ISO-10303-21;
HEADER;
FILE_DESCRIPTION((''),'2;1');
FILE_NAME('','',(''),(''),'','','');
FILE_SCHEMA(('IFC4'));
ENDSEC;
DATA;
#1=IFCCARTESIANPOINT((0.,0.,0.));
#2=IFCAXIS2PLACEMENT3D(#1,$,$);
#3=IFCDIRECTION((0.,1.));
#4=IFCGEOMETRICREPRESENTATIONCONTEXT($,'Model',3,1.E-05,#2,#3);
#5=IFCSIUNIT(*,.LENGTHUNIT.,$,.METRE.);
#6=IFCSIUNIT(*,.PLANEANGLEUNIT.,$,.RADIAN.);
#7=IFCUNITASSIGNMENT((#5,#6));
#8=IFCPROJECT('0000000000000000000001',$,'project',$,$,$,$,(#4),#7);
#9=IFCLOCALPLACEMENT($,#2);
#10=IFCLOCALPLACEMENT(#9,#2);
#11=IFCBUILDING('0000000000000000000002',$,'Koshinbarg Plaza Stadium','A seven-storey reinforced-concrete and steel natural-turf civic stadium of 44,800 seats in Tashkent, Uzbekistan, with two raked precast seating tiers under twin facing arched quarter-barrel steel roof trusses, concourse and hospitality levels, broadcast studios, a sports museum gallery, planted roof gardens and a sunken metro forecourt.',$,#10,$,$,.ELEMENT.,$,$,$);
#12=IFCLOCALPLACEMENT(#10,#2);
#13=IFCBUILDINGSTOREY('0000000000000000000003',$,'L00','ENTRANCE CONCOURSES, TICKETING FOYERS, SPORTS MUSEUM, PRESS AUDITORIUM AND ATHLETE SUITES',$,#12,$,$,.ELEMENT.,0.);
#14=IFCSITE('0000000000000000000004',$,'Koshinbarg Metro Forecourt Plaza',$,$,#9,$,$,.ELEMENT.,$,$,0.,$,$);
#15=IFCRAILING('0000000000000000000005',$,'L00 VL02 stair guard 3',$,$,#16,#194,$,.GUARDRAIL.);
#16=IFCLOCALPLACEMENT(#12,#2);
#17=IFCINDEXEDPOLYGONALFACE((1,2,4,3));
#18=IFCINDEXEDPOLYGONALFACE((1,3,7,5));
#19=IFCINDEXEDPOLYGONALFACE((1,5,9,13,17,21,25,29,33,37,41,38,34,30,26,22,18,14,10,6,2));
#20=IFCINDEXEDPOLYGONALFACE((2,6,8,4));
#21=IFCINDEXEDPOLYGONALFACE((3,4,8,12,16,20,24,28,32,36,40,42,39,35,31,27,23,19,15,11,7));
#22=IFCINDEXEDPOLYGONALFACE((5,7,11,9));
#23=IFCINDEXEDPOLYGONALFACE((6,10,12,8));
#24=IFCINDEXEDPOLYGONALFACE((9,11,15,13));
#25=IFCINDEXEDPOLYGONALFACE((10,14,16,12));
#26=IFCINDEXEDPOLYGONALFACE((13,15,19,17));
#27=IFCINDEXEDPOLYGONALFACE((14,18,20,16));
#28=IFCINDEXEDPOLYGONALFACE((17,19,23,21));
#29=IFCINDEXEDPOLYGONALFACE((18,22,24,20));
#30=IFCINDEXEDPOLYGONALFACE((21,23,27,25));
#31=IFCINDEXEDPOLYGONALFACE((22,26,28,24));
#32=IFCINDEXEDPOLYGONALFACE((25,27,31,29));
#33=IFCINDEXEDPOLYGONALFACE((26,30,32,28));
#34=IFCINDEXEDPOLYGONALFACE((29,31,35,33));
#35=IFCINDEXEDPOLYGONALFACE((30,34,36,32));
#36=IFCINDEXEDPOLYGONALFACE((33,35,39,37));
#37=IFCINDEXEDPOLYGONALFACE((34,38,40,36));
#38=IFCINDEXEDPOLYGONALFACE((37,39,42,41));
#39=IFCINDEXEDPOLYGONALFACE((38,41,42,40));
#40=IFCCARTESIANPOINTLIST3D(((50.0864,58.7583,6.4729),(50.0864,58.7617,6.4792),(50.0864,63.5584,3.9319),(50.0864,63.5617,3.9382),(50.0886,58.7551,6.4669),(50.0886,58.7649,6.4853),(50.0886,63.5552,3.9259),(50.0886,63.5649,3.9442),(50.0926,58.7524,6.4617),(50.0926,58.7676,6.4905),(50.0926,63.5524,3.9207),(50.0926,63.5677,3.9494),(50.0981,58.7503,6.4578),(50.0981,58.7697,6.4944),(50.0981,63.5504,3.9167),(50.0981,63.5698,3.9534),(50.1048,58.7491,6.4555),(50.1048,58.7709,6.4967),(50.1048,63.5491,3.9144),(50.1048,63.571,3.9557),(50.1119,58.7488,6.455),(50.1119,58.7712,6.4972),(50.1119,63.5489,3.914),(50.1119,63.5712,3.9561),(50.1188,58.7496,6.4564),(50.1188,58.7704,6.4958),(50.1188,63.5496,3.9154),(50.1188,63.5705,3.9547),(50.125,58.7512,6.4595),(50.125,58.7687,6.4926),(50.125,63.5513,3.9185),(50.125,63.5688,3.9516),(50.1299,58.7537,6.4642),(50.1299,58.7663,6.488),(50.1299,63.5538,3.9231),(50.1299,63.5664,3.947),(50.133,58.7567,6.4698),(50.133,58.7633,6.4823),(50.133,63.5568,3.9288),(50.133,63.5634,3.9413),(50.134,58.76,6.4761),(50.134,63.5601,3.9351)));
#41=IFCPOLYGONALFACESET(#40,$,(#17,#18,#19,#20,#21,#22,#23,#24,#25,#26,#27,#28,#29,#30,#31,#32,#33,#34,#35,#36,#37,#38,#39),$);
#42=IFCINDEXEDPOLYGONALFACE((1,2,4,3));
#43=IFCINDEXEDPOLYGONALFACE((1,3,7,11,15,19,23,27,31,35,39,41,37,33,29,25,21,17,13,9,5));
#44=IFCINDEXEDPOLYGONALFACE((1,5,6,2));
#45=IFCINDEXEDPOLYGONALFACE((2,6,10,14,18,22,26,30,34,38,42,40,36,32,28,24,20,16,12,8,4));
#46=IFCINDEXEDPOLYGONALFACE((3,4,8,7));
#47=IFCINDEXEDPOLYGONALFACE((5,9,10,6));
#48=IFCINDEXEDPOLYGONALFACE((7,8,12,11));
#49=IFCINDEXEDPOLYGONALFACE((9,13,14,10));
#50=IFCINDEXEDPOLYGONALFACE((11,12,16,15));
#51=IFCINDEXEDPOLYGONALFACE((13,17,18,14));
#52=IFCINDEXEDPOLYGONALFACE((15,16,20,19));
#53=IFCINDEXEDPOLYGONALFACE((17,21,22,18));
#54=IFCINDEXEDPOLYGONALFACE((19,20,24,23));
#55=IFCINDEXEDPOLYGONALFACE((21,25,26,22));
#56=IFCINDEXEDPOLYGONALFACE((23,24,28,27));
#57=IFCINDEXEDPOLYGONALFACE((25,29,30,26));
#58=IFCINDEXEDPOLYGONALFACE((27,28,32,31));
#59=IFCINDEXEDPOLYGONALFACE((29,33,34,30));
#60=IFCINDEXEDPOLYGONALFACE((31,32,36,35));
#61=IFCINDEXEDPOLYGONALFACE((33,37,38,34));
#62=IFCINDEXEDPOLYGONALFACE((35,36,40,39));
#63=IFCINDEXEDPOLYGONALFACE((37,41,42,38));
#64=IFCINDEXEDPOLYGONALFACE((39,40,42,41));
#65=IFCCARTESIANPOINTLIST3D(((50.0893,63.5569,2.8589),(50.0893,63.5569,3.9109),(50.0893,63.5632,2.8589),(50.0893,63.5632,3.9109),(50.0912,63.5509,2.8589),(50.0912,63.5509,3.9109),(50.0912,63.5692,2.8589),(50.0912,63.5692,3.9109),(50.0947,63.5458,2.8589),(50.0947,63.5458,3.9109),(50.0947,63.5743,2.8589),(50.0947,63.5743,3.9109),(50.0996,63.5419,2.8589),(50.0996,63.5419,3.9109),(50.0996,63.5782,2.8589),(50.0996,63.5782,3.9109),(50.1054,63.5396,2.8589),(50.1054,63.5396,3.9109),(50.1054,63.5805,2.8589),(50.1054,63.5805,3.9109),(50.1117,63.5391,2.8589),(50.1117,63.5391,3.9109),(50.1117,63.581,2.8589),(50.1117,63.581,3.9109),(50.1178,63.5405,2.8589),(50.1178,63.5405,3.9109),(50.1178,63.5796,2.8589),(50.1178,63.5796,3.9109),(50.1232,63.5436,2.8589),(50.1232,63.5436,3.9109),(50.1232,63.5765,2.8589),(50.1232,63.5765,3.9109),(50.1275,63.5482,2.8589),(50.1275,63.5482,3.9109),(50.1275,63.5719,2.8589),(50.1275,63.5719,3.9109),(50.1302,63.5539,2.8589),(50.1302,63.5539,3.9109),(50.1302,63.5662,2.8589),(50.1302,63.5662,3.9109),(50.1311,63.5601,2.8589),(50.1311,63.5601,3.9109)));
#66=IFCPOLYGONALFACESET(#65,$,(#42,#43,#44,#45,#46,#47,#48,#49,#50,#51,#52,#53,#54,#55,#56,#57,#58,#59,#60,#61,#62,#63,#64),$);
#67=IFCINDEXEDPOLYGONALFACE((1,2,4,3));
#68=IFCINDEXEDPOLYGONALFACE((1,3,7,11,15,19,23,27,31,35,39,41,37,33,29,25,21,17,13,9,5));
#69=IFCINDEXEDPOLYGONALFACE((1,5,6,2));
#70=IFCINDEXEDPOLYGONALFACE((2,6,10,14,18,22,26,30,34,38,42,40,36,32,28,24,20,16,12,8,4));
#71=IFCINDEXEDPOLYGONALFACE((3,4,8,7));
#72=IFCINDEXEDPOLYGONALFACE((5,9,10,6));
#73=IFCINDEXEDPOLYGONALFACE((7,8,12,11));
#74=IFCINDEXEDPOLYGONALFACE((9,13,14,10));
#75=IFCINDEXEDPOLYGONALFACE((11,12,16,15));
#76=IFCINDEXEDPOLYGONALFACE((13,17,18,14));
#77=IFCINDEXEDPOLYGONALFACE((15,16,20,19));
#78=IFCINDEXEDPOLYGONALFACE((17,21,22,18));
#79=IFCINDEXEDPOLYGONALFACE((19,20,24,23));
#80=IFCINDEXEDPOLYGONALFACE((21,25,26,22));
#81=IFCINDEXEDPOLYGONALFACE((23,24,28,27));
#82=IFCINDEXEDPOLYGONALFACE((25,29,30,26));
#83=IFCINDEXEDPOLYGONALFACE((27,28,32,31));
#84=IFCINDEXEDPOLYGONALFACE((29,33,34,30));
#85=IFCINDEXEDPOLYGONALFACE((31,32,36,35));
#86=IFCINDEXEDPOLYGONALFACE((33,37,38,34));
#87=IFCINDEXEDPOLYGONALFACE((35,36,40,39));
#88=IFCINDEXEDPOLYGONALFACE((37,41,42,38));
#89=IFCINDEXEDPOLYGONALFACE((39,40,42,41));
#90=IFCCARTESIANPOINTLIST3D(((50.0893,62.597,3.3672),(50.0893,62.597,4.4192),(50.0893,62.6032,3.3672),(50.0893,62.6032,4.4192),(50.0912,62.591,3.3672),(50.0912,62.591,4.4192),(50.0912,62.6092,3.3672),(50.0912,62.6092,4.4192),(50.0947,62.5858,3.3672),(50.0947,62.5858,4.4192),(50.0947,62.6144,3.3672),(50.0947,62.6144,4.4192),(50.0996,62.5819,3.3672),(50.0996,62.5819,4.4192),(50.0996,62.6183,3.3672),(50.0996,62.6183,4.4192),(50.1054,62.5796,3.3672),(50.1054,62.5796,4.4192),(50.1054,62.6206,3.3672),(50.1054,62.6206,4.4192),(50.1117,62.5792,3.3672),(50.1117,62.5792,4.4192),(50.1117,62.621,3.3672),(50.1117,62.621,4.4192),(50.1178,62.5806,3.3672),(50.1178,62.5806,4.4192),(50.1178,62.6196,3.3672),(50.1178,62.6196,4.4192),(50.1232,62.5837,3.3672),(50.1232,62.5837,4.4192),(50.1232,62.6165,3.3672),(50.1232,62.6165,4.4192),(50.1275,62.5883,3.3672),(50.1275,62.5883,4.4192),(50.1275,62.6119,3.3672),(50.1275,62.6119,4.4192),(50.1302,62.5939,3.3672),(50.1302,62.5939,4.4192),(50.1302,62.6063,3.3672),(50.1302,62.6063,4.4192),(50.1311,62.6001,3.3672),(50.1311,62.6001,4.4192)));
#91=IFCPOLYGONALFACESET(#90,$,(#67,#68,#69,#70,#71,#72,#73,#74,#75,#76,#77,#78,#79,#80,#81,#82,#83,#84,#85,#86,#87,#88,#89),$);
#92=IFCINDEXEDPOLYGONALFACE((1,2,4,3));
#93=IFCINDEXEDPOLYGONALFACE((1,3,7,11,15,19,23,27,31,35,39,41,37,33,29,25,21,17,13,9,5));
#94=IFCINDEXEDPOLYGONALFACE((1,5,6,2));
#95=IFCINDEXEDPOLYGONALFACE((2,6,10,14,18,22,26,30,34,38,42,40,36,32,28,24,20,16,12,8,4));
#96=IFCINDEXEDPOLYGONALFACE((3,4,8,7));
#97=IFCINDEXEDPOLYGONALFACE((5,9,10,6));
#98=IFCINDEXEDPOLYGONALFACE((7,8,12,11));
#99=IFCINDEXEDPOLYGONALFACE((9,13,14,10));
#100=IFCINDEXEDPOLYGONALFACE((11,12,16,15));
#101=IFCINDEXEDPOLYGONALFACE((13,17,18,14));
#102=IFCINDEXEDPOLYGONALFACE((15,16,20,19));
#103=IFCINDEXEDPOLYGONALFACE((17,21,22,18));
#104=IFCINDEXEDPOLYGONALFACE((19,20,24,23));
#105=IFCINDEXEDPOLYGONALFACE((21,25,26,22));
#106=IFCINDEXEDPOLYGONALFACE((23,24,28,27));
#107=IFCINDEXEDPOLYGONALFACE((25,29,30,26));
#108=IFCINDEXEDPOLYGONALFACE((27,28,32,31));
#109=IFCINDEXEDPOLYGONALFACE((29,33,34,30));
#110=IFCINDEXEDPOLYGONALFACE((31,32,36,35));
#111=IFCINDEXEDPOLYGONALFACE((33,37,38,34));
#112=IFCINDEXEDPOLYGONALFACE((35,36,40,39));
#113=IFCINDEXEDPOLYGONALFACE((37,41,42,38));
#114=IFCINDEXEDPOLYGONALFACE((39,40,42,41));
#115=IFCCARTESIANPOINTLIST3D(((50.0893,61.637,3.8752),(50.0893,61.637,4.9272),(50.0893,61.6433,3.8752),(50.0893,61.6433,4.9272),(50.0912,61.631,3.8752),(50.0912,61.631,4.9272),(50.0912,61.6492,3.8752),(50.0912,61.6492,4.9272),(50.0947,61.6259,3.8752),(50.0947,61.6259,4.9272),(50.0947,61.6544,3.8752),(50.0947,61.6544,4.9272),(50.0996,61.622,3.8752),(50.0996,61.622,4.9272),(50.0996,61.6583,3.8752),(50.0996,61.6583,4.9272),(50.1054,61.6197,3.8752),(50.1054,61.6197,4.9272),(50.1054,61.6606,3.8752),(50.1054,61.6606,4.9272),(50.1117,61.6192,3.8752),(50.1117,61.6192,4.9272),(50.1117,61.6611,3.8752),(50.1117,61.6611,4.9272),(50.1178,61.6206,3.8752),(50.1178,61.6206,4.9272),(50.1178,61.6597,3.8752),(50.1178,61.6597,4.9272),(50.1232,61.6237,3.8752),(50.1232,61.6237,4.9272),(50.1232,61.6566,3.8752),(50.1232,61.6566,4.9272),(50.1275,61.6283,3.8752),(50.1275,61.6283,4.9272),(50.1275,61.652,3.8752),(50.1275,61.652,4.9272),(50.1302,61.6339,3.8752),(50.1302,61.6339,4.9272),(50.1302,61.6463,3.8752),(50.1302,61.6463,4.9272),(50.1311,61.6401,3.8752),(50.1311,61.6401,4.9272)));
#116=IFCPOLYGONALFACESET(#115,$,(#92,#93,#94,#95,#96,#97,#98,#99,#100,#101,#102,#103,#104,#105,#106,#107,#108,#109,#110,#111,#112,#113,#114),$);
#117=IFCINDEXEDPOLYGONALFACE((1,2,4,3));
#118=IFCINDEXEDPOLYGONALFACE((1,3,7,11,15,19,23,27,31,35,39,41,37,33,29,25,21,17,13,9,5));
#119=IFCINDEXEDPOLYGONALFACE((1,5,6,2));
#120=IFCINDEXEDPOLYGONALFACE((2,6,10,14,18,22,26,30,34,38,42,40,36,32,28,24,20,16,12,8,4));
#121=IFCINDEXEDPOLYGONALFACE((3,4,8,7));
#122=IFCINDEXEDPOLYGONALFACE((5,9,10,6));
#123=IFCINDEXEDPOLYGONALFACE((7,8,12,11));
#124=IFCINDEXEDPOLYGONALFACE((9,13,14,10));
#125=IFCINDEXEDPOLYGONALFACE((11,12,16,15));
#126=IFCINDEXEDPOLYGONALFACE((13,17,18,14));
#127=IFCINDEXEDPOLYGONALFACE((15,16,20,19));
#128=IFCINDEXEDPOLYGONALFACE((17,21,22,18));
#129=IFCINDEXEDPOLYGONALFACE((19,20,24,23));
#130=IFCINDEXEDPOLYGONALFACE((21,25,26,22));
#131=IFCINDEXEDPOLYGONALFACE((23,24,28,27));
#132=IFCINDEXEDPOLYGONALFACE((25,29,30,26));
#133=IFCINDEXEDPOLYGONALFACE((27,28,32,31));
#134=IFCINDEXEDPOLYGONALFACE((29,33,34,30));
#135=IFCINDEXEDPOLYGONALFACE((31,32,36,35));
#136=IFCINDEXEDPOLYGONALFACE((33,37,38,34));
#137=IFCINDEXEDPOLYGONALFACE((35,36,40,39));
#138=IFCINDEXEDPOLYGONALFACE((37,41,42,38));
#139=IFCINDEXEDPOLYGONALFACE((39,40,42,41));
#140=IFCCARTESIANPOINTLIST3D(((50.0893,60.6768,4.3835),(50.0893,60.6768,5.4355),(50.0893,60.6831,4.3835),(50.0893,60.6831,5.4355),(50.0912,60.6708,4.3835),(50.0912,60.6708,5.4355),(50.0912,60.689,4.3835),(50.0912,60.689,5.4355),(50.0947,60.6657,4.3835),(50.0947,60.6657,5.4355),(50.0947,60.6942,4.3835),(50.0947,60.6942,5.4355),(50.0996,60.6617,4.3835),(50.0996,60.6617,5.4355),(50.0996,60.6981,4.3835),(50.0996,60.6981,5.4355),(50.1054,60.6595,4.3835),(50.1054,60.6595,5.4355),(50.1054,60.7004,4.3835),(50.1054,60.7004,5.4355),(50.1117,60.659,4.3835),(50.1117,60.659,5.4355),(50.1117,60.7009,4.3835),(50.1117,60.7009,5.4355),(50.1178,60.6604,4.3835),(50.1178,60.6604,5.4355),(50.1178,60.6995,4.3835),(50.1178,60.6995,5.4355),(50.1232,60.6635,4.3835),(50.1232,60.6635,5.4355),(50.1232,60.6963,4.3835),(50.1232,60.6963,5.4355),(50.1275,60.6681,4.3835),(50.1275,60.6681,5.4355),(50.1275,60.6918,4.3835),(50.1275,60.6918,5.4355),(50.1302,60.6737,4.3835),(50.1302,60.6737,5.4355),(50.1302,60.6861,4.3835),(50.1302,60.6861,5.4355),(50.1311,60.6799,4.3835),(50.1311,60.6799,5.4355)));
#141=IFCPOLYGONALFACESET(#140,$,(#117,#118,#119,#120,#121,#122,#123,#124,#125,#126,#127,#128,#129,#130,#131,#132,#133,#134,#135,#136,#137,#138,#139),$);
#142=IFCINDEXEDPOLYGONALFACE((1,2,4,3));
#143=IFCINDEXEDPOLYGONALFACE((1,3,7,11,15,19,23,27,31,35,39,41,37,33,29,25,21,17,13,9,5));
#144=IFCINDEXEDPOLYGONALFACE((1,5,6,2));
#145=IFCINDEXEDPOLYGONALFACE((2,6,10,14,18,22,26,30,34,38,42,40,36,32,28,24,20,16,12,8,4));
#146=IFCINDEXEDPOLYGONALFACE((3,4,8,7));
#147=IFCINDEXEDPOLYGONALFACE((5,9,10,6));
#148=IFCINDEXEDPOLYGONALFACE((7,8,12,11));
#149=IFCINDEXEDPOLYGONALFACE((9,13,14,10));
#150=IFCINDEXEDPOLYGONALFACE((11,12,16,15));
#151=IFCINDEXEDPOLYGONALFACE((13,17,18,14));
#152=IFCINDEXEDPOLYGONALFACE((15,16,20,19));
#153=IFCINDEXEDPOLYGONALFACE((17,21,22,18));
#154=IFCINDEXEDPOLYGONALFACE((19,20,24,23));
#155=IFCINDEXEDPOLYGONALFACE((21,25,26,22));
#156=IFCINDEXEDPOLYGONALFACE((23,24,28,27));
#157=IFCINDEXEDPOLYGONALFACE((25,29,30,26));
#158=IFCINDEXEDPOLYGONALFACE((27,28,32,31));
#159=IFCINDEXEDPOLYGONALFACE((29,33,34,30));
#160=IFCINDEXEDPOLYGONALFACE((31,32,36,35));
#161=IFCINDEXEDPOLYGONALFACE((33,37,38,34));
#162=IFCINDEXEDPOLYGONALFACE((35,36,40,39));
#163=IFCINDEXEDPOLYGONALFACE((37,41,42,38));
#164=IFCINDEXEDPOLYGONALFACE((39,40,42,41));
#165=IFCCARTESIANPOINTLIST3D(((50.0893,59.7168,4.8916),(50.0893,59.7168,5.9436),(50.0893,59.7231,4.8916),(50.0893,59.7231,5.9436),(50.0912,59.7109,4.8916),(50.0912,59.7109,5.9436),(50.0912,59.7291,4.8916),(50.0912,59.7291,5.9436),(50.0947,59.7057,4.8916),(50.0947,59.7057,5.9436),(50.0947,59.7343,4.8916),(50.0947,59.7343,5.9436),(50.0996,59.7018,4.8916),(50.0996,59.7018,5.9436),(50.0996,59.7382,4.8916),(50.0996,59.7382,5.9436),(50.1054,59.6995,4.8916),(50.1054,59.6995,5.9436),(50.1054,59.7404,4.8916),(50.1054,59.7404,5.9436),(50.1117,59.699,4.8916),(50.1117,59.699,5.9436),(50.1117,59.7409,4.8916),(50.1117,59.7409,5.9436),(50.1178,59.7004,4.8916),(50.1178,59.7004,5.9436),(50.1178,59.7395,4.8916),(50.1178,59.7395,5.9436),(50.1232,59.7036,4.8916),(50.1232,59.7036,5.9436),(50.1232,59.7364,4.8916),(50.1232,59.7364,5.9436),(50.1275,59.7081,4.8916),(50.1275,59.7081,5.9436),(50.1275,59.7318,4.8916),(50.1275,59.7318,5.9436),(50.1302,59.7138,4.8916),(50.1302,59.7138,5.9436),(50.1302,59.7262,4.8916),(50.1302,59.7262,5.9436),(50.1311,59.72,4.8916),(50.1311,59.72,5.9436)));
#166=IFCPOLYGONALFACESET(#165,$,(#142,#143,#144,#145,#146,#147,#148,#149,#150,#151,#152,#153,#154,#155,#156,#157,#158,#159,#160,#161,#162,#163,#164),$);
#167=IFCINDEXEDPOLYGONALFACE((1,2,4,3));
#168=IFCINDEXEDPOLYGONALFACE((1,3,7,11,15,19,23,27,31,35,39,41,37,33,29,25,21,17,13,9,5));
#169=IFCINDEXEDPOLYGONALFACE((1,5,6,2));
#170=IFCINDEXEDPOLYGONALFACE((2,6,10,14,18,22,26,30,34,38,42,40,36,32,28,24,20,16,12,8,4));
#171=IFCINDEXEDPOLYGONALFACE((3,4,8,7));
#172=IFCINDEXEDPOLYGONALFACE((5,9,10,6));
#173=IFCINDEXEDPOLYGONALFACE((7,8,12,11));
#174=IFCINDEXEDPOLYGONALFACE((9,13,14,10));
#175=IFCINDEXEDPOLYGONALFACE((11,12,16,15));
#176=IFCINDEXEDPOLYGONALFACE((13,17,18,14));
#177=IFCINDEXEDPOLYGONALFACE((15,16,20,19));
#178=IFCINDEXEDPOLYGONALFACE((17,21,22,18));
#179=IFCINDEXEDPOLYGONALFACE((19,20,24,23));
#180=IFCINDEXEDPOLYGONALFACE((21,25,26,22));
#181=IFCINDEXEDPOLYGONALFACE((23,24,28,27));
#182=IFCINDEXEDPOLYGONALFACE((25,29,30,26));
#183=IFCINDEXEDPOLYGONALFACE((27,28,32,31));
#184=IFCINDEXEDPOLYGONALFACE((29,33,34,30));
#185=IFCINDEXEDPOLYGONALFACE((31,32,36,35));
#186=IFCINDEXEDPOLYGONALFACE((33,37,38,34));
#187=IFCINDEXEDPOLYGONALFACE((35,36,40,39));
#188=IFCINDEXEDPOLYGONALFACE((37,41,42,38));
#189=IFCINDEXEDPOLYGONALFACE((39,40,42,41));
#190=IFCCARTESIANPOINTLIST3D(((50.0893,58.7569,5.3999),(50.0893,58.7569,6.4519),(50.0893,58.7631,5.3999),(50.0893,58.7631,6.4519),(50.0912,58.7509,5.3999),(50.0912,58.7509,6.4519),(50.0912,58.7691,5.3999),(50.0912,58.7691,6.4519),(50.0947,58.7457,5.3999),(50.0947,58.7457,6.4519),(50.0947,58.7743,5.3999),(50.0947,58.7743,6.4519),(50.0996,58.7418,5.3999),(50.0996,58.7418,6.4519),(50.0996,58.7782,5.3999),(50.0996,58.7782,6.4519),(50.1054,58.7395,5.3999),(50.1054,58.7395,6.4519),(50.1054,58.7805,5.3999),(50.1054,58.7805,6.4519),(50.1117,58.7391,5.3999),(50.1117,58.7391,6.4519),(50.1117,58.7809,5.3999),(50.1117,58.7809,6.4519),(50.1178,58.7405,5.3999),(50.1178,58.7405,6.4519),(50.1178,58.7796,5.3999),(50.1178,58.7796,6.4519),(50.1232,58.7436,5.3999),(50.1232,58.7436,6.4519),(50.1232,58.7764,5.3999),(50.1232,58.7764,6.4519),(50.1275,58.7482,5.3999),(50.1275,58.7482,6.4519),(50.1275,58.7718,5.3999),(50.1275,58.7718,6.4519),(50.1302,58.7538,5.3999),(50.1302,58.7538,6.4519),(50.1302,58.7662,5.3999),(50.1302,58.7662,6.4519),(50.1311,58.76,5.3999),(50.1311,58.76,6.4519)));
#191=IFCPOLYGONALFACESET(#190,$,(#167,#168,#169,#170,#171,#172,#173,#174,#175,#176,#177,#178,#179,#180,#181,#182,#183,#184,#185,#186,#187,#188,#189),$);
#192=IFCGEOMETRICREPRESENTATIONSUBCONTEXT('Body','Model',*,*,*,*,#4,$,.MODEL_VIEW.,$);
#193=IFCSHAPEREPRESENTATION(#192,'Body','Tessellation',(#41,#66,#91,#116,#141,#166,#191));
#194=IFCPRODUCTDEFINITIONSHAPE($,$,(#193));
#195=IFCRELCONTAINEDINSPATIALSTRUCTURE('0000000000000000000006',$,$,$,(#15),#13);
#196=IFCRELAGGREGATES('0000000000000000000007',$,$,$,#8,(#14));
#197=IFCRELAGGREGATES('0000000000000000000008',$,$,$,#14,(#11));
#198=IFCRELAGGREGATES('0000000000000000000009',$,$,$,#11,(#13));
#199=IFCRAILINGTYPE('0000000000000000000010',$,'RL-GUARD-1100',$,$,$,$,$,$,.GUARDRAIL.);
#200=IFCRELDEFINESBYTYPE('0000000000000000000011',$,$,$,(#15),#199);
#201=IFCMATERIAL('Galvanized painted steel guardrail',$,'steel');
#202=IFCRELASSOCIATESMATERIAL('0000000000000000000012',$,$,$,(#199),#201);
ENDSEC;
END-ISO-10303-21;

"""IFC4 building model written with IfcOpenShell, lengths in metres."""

from ifc_helpers import new_model, si_unit, direction, frame, origin, origin_2d, place, context, subcontext, project, spatial, circle, extrude, material, type_object, element, save


model = new_model("IFC4")

# Units and contexts
model_context = context("Model", 3, precision=1e-05, world=origin(), true_north=direction((0.0, 1.0)))
body_context = subcontext(model_context, "Body", "Model", "MODEL_VIEW")
ifc_project = project(units=[si_unit("LENGTHUNIT", "METRE"), si_unit("PLANEANGLEUNIT", "RADIAN")], contexts=[model_context])

# Site, building, storey
site_placement = place(None, origin())
site = spatial("IfcSite", under=ifc_project, at=site_placement, Name="Koshinbarg Metro Forecourt Plaza", CompositionType="ELEMENT", RefElevation=0.0)
building_placement = place(site_placement, origin())
building = spatial("IfcBuilding", under=site, at=building_placement, Name="Koshinbarg Plaza Stadium", Description="A seven-storey reinforced-concrete and steel natural-turf civic stadium of 44,800 seats in Tashkent, Uzbekistan, with two raked precast seating tiers under twin facing arched quarter-barrel steel roof trusses, concourse and hospitality levels, broadcast studios, a sports museum gallery, planted roof gardens and a sunken metro forecourt.", CompositionType="ELEMENT")
storey_placement = place(building_placement, origin())
storey = spatial("IfcBuildingStorey", under=building, at=storey_placement, Name="L00", Description="ENTRANCE CONCOURSES, TICKETING FOYERS, SPORTS MUSEUM, PRESS AUDITORIUM AND ATHLETE SUITES", CompositionType="ELEMENT", Elevation=0.0)

# Railing
ifc_material_1 = material(Name="Galvanized painted steel guardrail", Category="steel")
railing_type_1 = type_object("IfcRailingType", Name="RL-GUARD-1100", PredefinedType="GUARDRAIL", material=ifc_material_1)
railing_1_placement = place(storey_placement, frame((50.1101, 63.5601, 2.8589)))
element("IfcRailing", 1, at=railing_1_placement, inside=storey, type_object=railing_type_1, Name="L00 VL02 stair guard 3", PredefinedType="GUARDRAIL", context=body_context, shape_type="SweptSolid", body=[
    extrude(circle(Radius=0.0239, at=origin_2d()), frame((0.0, 0.0, 1.0762), z_axis=(0.0, -0.883802, 0.467861), x_axis=(1.0, 0.0, 0.0)), (0.0, 0.0, 1.0), 5.4312),
    extrude(circle(Radius=0.021, at=origin_2d()), origin(), (0.0, 0.0, 1.0), 1.052),
    extrude(circle(Radius=0.021, at=origin_2d()), frame((0.0, -0.96, 0.5083)), (0.0, 0.0, 1.0), 1.052),
    extrude(circle(Radius=0.021, at=origin_2d()), frame((0.0, -1.9199, 1.0164)), (0.0, 0.0, 1.0), 1.052),
    extrude(circle(Radius=0.021, at=origin_2d()), frame((0.0, -2.8801, 1.5247)), (0.0, 0.0, 1.0), 1.052),
    extrude(circle(Radius=0.021, at=origin_2d()), frame((0.0, -3.8401, 2.0327)), (0.0, 0.0, 1.0), 1.052),
    extrude(circle(Radius=0.021, at=origin_2d()), frame((0.0, -4.8, 2.541)), (0.0, 0.0, 1.0), 1.052),
])

save(model, "model.ifc")
